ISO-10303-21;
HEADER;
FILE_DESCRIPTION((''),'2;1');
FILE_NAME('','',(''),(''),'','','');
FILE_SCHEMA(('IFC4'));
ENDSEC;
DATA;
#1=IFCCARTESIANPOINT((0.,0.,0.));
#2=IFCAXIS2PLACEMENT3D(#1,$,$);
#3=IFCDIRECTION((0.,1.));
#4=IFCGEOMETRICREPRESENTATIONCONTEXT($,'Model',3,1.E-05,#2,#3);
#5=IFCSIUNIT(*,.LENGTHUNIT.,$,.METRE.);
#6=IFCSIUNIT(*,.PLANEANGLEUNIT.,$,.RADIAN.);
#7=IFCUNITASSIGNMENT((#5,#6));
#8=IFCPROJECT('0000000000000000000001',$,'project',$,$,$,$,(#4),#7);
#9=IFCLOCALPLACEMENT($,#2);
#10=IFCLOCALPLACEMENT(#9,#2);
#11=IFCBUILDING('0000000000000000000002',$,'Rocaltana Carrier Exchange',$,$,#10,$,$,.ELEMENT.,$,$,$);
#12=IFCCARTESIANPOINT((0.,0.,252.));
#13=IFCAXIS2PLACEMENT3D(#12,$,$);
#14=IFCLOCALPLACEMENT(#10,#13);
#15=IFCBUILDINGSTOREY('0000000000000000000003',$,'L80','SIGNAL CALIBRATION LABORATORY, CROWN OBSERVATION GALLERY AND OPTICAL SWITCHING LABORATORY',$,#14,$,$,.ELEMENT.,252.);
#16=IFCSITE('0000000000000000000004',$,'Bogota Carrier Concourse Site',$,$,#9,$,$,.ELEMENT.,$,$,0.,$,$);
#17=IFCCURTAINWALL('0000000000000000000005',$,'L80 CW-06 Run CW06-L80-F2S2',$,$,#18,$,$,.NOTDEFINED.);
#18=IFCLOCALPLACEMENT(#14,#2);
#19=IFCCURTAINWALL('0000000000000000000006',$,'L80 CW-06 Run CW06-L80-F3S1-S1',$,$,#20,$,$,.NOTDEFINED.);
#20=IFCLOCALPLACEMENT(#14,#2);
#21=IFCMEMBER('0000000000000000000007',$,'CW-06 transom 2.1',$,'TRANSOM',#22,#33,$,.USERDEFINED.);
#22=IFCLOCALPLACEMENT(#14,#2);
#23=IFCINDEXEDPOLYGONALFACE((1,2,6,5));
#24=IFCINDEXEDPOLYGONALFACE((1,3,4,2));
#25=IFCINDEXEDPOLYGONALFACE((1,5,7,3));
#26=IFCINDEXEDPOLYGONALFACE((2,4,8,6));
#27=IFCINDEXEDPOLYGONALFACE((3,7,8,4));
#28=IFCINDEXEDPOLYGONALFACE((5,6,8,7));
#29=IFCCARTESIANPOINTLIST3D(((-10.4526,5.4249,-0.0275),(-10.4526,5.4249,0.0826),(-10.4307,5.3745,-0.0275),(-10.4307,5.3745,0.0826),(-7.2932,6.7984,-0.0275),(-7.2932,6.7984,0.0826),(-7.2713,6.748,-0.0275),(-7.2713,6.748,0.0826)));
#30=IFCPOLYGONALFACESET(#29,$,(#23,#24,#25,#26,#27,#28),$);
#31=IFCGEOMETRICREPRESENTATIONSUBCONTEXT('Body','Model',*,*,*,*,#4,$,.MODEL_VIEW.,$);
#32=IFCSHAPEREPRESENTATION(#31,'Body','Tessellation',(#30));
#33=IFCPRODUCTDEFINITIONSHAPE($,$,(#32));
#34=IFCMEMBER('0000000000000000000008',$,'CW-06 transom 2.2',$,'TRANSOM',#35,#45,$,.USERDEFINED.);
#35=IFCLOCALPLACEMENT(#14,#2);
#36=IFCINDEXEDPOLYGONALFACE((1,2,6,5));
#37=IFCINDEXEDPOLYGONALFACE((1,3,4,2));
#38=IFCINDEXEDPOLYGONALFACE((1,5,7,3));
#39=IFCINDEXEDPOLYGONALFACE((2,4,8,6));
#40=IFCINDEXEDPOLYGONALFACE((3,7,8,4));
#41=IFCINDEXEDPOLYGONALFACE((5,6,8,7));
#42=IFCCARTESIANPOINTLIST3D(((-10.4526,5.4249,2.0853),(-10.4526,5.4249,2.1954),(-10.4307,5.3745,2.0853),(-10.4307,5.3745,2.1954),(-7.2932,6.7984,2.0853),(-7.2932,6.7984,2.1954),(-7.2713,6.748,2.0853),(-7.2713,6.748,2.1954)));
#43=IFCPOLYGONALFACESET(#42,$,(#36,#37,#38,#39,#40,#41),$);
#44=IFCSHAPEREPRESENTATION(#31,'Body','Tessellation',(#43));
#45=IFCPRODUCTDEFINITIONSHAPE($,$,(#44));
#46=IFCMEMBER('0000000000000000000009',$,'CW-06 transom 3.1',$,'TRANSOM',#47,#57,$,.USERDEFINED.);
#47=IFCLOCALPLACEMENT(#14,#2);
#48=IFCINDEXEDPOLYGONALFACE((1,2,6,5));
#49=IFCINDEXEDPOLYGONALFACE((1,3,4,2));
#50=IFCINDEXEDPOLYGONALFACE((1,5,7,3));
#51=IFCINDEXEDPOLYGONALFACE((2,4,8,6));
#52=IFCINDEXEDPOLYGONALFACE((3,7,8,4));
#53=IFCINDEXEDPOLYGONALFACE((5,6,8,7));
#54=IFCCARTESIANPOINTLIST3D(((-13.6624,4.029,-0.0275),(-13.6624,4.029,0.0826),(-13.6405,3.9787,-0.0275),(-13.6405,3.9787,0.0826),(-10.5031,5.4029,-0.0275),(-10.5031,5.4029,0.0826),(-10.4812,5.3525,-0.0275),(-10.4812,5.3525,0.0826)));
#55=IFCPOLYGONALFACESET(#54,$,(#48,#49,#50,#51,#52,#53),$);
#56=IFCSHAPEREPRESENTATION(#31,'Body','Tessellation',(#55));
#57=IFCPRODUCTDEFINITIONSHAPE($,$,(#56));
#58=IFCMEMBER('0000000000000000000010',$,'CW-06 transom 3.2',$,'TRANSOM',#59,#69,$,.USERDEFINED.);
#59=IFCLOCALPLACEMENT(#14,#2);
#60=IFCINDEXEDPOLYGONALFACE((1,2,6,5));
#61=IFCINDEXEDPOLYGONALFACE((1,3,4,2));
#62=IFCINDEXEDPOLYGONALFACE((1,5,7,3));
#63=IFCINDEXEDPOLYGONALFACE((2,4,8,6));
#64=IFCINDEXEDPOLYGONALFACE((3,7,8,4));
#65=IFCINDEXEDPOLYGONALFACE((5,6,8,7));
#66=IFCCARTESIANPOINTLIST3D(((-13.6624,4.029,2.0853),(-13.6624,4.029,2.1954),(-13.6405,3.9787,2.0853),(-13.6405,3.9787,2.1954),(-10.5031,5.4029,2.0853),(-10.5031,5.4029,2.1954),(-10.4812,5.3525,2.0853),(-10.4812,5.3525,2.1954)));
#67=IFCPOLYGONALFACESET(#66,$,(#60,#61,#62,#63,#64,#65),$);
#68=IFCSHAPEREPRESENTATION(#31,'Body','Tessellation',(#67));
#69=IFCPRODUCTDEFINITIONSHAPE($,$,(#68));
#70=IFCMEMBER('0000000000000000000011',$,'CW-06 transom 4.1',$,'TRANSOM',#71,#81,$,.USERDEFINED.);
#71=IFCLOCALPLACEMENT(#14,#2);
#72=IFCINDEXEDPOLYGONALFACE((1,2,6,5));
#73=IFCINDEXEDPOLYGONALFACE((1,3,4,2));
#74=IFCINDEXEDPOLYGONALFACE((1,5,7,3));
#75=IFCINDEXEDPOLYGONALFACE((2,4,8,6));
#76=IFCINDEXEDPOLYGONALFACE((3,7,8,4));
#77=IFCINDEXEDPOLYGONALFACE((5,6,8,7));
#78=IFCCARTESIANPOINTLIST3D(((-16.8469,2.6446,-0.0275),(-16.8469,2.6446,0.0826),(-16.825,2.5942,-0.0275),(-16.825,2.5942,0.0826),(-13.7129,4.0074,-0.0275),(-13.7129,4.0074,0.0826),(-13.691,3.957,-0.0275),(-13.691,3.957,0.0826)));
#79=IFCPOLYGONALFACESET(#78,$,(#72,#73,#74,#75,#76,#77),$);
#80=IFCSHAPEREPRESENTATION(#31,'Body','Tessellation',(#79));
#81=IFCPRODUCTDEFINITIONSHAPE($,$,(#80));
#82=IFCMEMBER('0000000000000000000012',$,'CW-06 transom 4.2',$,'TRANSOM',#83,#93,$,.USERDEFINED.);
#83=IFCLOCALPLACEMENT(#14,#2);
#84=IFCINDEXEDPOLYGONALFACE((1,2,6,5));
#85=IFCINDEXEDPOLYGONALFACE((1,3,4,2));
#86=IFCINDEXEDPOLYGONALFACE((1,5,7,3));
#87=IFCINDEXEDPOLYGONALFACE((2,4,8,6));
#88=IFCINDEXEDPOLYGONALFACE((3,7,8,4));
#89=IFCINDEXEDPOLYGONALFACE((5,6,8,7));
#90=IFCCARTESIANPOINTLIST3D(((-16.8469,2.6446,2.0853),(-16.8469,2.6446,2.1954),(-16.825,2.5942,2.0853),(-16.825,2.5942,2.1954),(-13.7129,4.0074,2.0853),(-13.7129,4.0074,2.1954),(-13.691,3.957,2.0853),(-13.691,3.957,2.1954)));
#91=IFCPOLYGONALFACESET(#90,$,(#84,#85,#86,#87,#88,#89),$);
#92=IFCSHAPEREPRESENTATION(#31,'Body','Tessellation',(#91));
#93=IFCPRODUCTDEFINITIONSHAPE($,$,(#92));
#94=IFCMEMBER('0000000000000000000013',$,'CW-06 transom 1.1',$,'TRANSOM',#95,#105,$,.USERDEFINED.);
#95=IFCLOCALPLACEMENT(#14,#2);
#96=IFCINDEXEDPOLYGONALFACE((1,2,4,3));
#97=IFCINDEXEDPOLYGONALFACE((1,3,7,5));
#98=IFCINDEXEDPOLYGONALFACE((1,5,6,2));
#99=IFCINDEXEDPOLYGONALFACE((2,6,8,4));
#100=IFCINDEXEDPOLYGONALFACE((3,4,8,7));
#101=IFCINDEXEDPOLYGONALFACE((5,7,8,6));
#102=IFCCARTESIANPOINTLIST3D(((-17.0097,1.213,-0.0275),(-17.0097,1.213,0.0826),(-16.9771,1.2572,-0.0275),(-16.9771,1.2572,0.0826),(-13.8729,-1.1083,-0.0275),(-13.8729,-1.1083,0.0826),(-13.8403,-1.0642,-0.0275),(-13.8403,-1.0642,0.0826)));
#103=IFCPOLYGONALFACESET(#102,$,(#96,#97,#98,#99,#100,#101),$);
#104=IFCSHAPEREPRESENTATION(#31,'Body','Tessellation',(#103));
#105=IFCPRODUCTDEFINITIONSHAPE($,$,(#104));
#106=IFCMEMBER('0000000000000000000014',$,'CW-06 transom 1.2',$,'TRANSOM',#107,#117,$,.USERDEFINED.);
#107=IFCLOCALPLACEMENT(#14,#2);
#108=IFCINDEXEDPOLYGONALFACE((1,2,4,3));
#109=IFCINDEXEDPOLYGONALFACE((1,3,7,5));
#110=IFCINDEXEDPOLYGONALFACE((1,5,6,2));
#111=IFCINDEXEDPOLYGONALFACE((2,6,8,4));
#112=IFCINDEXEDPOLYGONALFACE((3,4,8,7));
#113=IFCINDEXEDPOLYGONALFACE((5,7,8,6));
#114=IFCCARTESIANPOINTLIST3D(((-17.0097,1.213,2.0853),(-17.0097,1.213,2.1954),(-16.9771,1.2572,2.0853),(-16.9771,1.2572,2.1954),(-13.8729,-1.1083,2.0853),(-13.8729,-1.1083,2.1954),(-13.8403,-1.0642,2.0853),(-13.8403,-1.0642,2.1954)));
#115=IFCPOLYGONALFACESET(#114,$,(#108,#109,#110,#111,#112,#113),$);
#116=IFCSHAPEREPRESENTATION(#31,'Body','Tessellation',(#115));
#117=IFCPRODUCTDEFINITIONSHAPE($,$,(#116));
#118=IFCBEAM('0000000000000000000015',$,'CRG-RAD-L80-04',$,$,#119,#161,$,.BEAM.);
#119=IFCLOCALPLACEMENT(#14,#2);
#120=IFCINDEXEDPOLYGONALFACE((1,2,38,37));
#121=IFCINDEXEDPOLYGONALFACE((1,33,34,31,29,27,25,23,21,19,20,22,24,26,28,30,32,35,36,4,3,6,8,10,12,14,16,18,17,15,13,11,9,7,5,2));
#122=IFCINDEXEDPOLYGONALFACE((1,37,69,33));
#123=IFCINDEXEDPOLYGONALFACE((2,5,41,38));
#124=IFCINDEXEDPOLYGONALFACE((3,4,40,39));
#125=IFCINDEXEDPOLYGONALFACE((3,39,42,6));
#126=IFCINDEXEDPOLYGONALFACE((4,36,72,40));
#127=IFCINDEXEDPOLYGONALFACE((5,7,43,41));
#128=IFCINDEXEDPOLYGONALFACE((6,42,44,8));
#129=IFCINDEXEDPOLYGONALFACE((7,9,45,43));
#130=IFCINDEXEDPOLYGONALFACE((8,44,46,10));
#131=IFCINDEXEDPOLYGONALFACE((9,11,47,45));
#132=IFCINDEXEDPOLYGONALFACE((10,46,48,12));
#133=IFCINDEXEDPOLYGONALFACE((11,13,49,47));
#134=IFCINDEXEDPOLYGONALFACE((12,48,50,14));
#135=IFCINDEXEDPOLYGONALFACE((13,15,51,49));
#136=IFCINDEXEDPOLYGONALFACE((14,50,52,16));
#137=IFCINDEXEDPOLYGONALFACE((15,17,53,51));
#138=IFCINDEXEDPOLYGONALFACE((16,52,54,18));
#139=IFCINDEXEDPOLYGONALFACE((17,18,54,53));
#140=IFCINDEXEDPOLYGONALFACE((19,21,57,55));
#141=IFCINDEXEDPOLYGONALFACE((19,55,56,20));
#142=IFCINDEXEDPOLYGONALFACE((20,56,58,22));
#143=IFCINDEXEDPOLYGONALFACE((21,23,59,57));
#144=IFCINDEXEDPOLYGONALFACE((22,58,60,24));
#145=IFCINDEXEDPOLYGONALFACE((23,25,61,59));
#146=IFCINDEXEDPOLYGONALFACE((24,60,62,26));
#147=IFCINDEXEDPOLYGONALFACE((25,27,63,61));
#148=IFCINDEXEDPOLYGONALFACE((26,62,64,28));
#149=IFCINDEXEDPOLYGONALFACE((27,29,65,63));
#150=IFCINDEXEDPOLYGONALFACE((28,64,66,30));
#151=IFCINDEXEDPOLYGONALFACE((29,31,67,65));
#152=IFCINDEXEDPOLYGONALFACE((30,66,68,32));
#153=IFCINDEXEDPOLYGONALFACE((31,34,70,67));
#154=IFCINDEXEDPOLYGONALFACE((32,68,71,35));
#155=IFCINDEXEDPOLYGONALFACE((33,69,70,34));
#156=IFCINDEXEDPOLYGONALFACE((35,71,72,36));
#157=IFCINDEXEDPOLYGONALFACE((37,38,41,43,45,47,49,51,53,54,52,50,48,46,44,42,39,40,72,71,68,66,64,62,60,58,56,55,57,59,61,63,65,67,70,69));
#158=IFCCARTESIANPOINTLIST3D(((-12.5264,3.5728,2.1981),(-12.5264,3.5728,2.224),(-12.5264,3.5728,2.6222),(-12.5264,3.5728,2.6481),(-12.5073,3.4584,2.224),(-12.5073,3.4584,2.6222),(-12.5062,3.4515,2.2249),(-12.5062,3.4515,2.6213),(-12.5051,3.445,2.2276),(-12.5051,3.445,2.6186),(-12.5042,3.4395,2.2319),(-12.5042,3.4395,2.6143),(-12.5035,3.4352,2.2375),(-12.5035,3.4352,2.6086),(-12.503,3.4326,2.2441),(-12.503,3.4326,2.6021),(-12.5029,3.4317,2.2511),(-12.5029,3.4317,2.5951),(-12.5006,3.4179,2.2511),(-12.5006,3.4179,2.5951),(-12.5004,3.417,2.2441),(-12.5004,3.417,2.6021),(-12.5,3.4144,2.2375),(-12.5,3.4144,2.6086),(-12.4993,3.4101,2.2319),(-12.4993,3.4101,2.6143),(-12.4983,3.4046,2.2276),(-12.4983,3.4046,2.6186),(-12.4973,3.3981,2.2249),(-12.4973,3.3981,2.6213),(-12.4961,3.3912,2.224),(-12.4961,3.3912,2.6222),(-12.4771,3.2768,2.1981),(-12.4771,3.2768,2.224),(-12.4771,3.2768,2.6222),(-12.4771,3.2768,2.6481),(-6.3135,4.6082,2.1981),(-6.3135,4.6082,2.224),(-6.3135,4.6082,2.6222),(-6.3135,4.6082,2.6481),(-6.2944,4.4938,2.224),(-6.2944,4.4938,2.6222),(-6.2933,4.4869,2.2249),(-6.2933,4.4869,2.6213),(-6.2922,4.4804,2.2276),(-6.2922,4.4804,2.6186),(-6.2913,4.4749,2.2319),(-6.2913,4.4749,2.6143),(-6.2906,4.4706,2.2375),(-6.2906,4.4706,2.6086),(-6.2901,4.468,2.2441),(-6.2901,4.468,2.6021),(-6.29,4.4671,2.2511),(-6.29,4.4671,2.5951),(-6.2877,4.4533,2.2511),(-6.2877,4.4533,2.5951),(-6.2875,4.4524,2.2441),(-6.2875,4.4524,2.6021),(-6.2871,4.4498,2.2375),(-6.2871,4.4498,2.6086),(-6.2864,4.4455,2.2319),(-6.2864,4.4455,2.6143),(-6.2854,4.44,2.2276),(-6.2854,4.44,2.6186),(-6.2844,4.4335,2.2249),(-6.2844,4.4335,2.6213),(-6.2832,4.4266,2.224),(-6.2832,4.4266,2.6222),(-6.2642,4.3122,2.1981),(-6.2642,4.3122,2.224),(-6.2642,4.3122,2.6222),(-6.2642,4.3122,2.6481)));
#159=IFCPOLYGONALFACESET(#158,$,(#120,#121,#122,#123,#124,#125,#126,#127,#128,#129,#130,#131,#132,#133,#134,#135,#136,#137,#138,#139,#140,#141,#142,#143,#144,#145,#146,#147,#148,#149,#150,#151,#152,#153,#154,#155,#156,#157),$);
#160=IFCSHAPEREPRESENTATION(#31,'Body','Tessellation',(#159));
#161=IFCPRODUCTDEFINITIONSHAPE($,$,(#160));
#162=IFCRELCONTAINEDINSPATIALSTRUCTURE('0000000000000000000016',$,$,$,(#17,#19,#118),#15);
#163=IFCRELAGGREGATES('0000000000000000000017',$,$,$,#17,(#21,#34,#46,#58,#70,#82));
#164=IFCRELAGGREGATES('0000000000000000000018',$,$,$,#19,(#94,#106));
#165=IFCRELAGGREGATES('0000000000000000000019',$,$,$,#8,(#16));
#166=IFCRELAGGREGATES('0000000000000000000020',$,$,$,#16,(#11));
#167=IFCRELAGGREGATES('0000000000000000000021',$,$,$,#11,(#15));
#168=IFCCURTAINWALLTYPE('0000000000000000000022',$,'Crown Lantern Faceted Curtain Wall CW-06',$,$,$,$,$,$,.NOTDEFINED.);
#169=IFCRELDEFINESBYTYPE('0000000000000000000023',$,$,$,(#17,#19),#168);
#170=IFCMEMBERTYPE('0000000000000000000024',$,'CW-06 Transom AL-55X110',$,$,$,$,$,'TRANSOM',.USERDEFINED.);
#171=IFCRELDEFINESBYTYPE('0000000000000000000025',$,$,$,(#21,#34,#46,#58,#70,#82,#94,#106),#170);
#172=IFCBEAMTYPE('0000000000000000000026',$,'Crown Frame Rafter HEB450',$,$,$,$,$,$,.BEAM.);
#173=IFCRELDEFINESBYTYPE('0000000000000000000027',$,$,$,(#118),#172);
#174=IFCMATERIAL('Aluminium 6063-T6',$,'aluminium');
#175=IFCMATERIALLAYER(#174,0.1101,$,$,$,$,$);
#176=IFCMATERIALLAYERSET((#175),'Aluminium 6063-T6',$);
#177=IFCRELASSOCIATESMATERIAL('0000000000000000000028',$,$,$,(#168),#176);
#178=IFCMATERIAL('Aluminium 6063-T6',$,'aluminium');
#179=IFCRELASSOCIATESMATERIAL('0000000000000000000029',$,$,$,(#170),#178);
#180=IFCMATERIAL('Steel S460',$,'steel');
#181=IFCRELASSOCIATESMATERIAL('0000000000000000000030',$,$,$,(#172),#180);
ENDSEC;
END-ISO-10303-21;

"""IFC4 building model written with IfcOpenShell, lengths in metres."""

from ifc_helpers import new_model, si_unit, direction, frame, origin, origin_2d, place, context, subcontext, project, spatial, rectangle, i_section, extrude, material, layer, layer_set, material_profile, profile_set, type_object, element, aggregate, save


model = new_model("IFC4")

# Units and contexts
model_context = context("Model", 3, precision=1e-05, world=origin(), true_north=direction((0.0, 1.0)))
body_context = subcontext(model_context, "Body", "Model", "MODEL_VIEW")
ifc_project = project(units=[si_unit("LENGTHUNIT", "METRE"), si_unit("PLANEANGLEUNIT", "RADIAN")], contexts=[model_context])

# Site, building, storey
site_placement = place(None, origin())
site = spatial("IfcSite", under=ifc_project, at=site_placement, Name="Bogota Carrier Concourse Site", CompositionType="ELEMENT", RefElevation=0.0)
building_placement = place(site_placement, origin())
building = spatial("IfcBuilding", under=site, at=building_placement, Name="Rocaltana Carrier Exchange", CompositionType="ELEMENT")
storey_placement = place(building_placement, frame((0.0, 0.0, 252.0)))
storey = spatial("IfcBuildingStorey", under=building, at=storey_placement, Name="L80", Description="SIGNAL CALIBRATION LABORATORY, CROWN OBSERVATION GALLERY AND OPTICAL SWITCHING LABORATORY", CompositionType="ELEMENT", Elevation=252.0)

# Curtain wall
ifc_material_1 = material(Name="Aluminium 6063-T6", Category="aluminium")
ifc_layer_1 = layer(ifc_material_1, 0.1101)
ifc_layer_set_1 = layer_set([ifc_layer_1], Name="Aluminium 6063-T6")
curtain_wall_type = type_object("IfcCurtainWallType", Name="Crown Lantern Faceted Curtain Wall CW-06", PredefinedType="NOTDEFINED", material=ifc_layer_set_1)
curtain_wall_1_placement = place(storey_placement, origin())
curtain_wall_1 = element("IfcCurtainWall", 1, at=curtain_wall_1_placement, inside=storey, type_object=curtain_wall_type, Name="L80 CW-06 Run CW06-L80-F2S2", PredefinedType="NOTDEFINED")

# Curtain wall
curtain_wall_2_placement = place(storey_placement, origin())
curtain_wall_2 = element("IfcCurtainWall", 2, at=curtain_wall_2_placement, inside=storey, type_object=curtain_wall_type, Name="L80 CW-06 Run CW06-L80-F3S1-S1", PredefinedType="NOTDEFINED")

# Members
ifc_material_2 = material(Name="Aluminium 6063-T6", Category="aluminium")
ifc_material_profile_1 = material_profile(ifc_material_2, rectangle(XDim=0.0549, YDim=0.1101, at=origin_2d()), Name="AL-55X110")
ifc_profile_set_1 = profile_set([ifc_material_profile_1], Name="Aluminium 6063-T6")
member_type_1 = type_object("IfcMemberType", Name="CW-06 Transom AL-55X110", ElementType="TRANSOM", PredefinedType="USERDEFINED", material=ifc_profile_set_1)
member_1_placement = place(storey_placement, frame((-7.2822, 6.7732, 0.0276), z_axis=(-0.917084, -0.398695, 0.0), x_axis=(0.398695, -0.917084, 0.0)))
member_1 = element("IfcMember", 3, at=member_1_placement, type_object=member_type_1, Name="CW-06 transom 2.1", ObjectType="TRANSOM", PredefinedType="USERDEFINED", context=body_context, shape_type="SweptSolid", body=[
    extrude(rectangle(XDim=0.0549, YDim=0.1101, at=origin_2d()), origin(), (0.0, 0.0, 1.0), 3.4451),
])
member_2_placement = place(storey_placement, frame((-7.2822, 6.7732, 2.1404), z_axis=(-0.917084, -0.398695, 0.0), x_axis=(0.398695, -0.917084, 0.0)))
member_2 = element("IfcMember", 4, at=member_2_placement, type_object=member_type_1, Name="CW-06 transom 2.2", ObjectType="TRANSOM", PredefinedType="USERDEFINED", context=body_context, shape_type="SweptSolid", body=[
    extrude(rectangle(XDim=0.0549, YDim=0.1101, at=origin_2d()), origin(), (0.0, 0.0, 1.0), 3.4451),
])
member_3_placement = place(storey_placement, frame((-10.4922, 5.3777, 0.0276), z_axis=(-0.917046, -0.398781, 0.0), x_axis=(0.398781, -0.917046, 0.0)))
member_3 = element("IfcMember", 5, at=member_3_placement, type_object=member_type_1, Name="CW-06 transom 3.1", ObjectType="TRANSOM", PredefinedType="USERDEFINED", context=body_context, shape_type="SweptSolid", body=[
    extrude(rectangle(XDim=0.0549, YDim=0.1101, at=origin_2d()), origin(), (0.0, 0.0, 1.0), 3.4451),
])
member_4_placement = place(storey_placement, frame((-10.4922, 5.3777, 2.1404), z_axis=(-0.917046, -0.398781, 0.0), x_axis=(0.398781, -0.917046, 0.0)))
member_4 = element("IfcMember", 6, at=member_4_placement, type_object=member_type_1, Name="CW-06 transom 3.2", ObjectType="TRANSOM", PredefinedType="USERDEFINED", context=body_context, shape_type="SweptSolid", body=[
    extrude(rectangle(XDim=0.0549, YDim=0.1101, at=origin_2d()), origin(), (0.0, 0.0, 1.0), 3.4451),
])
member_5_placement = place(storey_placement, frame((-13.7019, 3.9822, 0.0276), z_axis=(-0.917052, -0.398768, 0.0), x_axis=(0.398768, -0.917052, 0.0)))
member_5 = element("IfcMember", 7, at=member_5_placement, type_object=member_type_1, Name="CW-06 transom 4.1", ObjectType="TRANSOM", PredefinedType="USERDEFINED", context=body_context, shape_type="SweptSolid", body=[
    extrude(rectangle(XDim=0.0549, YDim=0.1101, at=origin_2d()), origin(), (0.0, 0.0, 1.0), 3.4175),
])
member_6_placement = place(storey_placement, frame((-13.7019, 3.9822, 2.1404), z_axis=(-0.917052, -0.398768, 0.0), x_axis=(0.398768, -0.917052, 0.0)))
member_6 = element("IfcMember", 8, at=member_6_placement, type_object=member_type_1, Name="CW-06 transom 4.2", ObjectType="TRANSOM", PredefinedType="USERDEFINED", context=body_context, shape_type="SweptSolid", body=[
    extrude(rectangle(XDim=0.0549, YDim=0.1101, at=origin_2d()), origin(), (0.0, 0.0, 1.0), 3.4175),
])
member_7_placement = place(storey_placement, frame((-16.9934, 1.2351, 0.0276), z_axis=(0.803828, -0.594862, 0.0), x_axis=(0.594862, 0.803828, 0.0)))
member_7 = element("IfcMember", 9, at=member_7_placement, type_object=member_type_1, Name="CW-06 transom 1.1", ObjectType="TRANSOM", PredefinedType="USERDEFINED", context=body_context, shape_type="SweptSolid", body=[
    extrude(rectangle(XDim=0.0549, YDim=0.1101, at=origin_2d()), origin(), (0.0, 0.0, 1.0), 3.9023),
])
member_8_placement = place(storey_placement, frame((-16.9934, 1.2351, 2.1404), z_axis=(0.803828, -0.594862, 0.0), x_axis=(0.594862, 0.803828, 0.0)))
member_8 = element("IfcMember", 10, at=member_8_placement, type_object=member_type_1, Name="CW-06 transom 1.2", ObjectType="TRANSOM", PredefinedType="USERDEFINED", context=body_context, shape_type="SweptSolid", body=[
    extrude(rectangle(XDim=0.0549, YDim=0.1101, at=origin_2d()), origin(), (0.0, 0.0, 1.0), 3.9023),
])

# Beam
ifc_material_3 = material(Name="Steel S460", Category="steel")
ifc_material_profile_2 = material_profile(ifc_material_3, i_section(OverallWidth=0.3, OverallDepth=0.45, WebThickness=0.0139, FlangeThickness=0.0259, FilletRadius=0.0271, at=origin_2d()), Name="HEB450")
ifc_profile_set_2 = profile_set([ifc_material_profile_2], Name="Steel S460")
beam_type_1 = type_object("IfcBeamType", Name="Crown Frame Rafter HEB450", PredefinedType="BEAM", material=ifc_profile_set_2)
beam_1_placement = place(storey_placement, frame((-6.2888, 4.4602, 2.4231), z_axis=(-0.986396, -0.164386, 0.0), x_axis=(0.164386, -0.986396, 0.0)))
element("IfcBeam", 11, at=beam_1_placement, inside=storey, type_object=beam_type_1, Name="CRG-RAD-L80-04", PredefinedType="BEAM", context=body_context, shape_type="SweptSolid", body=[
    extrude(i_section(OverallWidth=0.3, OverallDepth=0.45, WebThickness=0.0139, FlangeThickness=0.0259, FilletRadius=0.0271, at=origin_2d()), origin(), (0.0, 0.0, 1.0), 6.2986),
])

aggregate(curtain_wall_1, [member_1, member_2, member_3, member_4, member_5, member_6])
aggregate(curtain_wall_2, [member_7, member_8])

save(model, "model.ifc")
